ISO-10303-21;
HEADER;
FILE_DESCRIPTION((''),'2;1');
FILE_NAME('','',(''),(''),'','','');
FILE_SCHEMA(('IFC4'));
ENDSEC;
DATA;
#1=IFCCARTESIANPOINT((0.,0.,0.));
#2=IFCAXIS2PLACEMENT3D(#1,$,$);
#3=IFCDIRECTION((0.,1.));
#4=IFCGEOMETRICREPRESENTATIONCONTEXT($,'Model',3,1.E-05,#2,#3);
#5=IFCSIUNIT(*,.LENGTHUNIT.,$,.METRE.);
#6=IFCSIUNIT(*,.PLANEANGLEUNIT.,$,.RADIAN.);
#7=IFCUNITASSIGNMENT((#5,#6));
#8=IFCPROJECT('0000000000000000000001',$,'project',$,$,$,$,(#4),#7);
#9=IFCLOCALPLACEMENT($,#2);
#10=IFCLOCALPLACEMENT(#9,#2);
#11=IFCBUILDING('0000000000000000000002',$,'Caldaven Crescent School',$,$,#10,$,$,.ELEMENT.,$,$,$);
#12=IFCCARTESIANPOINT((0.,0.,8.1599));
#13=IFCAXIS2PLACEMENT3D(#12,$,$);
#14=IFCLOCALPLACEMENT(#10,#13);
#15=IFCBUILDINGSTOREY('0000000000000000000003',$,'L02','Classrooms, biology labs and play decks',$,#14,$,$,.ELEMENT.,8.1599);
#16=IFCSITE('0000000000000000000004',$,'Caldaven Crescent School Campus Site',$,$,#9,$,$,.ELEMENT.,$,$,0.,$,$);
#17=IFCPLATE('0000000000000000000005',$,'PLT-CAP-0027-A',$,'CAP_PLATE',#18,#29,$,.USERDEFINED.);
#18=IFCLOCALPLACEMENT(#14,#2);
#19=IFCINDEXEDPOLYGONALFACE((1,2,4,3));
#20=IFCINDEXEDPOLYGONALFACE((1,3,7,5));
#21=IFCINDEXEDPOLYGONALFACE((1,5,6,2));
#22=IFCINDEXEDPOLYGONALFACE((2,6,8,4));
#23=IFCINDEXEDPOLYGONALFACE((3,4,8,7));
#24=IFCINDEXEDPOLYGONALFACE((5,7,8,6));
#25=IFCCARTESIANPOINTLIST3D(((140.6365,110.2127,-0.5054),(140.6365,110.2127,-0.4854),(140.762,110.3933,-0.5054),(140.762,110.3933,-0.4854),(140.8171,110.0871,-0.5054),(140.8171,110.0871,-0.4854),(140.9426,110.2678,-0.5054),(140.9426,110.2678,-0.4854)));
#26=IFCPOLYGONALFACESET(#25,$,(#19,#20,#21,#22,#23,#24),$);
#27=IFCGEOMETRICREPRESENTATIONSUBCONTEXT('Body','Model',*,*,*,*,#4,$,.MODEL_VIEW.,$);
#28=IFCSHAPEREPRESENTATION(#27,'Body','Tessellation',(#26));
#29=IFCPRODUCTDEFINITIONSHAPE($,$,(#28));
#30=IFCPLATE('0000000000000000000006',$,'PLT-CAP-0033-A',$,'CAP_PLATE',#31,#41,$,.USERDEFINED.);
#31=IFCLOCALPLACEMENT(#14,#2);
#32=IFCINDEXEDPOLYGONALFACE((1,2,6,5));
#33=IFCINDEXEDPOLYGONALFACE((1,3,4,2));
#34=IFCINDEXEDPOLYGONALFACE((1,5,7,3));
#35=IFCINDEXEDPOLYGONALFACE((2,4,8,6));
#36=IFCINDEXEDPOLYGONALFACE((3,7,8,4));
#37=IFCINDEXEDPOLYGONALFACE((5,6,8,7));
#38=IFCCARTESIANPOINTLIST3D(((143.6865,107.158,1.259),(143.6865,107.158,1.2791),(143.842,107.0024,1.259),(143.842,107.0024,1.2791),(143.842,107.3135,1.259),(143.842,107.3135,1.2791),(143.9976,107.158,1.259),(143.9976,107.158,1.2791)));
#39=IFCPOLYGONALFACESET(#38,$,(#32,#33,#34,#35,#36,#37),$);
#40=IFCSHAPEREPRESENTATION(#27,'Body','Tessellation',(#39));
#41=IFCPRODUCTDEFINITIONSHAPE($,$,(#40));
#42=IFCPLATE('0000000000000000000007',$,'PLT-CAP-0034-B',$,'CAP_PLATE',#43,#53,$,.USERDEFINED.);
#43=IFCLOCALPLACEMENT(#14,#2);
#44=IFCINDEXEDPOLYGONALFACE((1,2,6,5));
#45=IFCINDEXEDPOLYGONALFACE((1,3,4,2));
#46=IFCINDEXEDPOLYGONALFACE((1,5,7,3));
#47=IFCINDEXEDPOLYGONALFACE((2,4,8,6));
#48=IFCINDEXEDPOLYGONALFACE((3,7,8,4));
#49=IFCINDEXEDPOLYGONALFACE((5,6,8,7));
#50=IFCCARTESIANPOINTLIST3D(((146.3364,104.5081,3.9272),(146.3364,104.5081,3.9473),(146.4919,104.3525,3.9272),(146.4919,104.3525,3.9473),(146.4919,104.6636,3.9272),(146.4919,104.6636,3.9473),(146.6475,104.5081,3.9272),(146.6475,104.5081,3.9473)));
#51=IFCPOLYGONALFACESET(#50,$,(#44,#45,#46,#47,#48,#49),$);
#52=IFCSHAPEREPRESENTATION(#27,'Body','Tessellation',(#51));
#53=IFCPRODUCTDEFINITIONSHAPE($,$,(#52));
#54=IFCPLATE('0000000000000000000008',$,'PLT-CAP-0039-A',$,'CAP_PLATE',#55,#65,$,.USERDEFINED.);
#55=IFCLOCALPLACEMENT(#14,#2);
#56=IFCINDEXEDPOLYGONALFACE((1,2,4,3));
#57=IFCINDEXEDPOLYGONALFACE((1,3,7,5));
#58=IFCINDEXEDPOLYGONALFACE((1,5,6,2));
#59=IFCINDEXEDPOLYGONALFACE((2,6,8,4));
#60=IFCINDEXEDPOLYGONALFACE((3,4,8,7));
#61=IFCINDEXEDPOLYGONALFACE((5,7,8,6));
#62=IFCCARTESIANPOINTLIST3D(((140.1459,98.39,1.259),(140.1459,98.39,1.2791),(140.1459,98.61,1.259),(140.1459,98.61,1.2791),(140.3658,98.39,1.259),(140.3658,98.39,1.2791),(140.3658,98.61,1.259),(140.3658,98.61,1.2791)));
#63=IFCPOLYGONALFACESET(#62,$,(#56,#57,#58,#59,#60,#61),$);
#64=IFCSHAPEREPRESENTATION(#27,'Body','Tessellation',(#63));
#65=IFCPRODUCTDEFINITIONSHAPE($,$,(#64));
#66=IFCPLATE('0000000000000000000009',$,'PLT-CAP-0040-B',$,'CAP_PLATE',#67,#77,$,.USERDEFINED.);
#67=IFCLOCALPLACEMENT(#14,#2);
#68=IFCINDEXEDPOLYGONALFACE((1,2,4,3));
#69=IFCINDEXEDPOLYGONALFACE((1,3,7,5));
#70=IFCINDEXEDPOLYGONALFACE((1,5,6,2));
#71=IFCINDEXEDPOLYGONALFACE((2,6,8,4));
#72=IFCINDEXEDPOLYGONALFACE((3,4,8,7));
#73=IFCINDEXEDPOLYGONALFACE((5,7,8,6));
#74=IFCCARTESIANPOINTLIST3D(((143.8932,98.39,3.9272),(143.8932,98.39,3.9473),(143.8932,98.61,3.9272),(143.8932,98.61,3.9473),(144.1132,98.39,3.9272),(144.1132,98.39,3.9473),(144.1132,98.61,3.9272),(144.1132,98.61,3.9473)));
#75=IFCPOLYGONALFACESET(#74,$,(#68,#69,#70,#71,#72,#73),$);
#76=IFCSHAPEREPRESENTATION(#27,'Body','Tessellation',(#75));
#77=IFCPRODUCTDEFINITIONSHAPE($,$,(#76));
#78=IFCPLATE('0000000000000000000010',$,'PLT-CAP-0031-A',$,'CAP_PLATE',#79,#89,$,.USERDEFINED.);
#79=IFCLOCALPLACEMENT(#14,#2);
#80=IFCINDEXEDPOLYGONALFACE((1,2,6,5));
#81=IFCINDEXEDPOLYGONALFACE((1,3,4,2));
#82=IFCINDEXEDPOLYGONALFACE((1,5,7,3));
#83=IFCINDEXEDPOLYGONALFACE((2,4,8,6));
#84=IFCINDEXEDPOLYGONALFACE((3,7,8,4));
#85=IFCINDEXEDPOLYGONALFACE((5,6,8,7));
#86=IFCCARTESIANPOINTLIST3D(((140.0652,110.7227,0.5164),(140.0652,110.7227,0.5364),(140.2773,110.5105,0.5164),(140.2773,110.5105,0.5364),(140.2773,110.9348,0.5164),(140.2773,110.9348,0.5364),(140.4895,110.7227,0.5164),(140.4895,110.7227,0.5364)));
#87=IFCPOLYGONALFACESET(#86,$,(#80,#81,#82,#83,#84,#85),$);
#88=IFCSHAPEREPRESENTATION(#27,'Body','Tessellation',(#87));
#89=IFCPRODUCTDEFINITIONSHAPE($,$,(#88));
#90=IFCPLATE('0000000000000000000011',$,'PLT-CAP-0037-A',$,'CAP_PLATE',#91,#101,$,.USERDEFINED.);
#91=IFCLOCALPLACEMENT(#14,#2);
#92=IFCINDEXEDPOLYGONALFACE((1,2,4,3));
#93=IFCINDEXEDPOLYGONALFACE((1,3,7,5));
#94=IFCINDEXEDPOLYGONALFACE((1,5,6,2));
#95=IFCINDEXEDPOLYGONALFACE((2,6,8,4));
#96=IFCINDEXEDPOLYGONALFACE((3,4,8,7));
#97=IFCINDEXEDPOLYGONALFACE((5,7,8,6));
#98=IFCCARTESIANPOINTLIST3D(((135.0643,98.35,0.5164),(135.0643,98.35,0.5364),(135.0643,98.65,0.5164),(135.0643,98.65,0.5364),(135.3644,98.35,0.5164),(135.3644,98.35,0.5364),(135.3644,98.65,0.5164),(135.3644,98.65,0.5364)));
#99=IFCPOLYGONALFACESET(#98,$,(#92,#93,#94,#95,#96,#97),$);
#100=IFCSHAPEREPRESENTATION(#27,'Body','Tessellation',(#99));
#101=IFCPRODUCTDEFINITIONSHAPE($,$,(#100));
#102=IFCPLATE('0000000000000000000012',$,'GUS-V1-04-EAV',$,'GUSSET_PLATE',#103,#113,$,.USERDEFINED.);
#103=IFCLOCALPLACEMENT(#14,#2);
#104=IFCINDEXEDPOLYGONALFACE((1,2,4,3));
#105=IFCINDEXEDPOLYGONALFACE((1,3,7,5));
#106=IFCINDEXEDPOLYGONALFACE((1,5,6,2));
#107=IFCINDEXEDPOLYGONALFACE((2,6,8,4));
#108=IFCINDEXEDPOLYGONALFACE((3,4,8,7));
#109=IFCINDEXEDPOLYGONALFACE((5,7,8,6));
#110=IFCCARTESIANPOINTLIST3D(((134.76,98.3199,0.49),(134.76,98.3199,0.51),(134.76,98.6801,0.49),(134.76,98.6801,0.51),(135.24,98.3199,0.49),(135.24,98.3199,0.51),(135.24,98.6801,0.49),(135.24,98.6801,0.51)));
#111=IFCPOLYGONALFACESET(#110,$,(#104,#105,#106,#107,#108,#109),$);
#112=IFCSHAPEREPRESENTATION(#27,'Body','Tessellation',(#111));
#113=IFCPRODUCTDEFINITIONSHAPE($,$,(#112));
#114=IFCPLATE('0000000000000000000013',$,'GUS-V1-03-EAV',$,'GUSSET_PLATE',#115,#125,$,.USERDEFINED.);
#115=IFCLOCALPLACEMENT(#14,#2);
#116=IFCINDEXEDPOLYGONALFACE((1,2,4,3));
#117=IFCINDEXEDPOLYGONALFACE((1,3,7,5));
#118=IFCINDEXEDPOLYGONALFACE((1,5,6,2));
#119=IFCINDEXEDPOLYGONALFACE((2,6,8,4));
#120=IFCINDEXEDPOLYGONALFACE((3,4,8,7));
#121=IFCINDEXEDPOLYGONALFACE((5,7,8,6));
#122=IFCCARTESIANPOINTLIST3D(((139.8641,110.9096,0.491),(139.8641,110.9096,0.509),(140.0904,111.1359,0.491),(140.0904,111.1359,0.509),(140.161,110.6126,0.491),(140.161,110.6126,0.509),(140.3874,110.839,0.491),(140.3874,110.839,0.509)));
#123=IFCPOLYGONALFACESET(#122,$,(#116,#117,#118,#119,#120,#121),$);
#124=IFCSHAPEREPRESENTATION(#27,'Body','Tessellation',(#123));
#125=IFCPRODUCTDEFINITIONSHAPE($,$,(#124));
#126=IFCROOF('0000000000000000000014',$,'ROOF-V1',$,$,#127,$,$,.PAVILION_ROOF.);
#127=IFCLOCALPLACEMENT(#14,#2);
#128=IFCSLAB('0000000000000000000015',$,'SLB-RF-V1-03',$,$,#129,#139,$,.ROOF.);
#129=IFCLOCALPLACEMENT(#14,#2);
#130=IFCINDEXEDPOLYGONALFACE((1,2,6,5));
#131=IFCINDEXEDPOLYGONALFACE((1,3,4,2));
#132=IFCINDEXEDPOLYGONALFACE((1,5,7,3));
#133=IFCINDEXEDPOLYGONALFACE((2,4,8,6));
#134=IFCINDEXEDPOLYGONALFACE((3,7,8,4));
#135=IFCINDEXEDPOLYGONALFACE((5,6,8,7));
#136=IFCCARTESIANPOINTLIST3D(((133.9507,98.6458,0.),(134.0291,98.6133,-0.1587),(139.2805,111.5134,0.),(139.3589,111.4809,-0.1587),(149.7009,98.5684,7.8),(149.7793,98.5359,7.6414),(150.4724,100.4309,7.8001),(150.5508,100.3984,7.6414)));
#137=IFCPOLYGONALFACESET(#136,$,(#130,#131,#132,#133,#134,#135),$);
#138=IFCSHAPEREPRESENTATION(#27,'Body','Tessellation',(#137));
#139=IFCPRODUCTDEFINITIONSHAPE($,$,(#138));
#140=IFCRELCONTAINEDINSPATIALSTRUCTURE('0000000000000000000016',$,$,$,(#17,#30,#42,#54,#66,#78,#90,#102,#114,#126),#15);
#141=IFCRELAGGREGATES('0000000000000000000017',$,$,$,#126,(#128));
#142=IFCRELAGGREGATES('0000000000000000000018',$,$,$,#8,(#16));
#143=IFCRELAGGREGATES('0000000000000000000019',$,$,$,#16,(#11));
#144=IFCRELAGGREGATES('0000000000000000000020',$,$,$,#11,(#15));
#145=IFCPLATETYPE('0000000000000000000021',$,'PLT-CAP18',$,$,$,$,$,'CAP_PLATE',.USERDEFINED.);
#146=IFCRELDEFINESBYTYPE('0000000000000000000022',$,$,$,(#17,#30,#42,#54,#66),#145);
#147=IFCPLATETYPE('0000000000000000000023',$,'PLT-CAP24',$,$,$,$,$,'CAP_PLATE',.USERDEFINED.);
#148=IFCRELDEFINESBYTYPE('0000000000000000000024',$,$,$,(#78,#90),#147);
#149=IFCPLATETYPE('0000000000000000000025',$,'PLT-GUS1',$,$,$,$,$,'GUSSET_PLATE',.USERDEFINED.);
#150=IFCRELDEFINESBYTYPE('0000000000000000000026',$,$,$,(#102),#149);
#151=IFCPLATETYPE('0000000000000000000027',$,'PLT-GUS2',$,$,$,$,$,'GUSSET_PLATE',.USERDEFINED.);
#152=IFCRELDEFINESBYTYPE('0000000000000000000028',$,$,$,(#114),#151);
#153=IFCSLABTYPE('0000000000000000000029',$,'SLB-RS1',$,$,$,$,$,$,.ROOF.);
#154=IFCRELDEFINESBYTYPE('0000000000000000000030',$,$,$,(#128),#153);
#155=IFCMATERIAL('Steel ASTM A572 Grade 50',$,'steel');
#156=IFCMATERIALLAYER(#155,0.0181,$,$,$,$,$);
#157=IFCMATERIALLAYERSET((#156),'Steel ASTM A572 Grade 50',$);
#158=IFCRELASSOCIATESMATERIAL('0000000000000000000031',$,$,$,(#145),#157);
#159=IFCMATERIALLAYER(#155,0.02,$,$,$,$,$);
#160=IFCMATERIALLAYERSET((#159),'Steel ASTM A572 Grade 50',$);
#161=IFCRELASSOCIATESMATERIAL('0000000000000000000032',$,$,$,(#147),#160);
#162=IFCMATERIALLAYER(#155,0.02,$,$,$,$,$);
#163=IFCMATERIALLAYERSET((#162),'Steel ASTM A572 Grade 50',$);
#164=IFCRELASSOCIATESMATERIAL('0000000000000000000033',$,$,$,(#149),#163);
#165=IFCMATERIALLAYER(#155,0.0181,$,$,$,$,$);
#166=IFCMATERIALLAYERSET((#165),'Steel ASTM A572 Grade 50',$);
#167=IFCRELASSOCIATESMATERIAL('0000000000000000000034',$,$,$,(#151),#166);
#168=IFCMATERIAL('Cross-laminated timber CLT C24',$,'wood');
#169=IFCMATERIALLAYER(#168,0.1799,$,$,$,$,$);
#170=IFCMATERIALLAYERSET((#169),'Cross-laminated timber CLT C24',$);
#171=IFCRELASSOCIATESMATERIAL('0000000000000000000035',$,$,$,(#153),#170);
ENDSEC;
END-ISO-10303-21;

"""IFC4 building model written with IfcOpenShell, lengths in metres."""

from ifc_helpers import new_model, si_unit, direction, frame, origin, origin_2d, place, context, subcontext, project, spatial, polyline, rectangle, outline, extrude, material, layer, layer_set, type_object, element, aggregate, save


model = new_model("IFC4")

# Units and contexts
model_context = context("Model", 3, precision=1e-05, world=origin(), true_north=direction((0.0, 1.0)))
body_context = subcontext(model_context, "Body", "Model", "MODEL_VIEW")
ifc_project = project(units=[si_unit("LENGTHUNIT", "METRE"), si_unit("PLANEANGLEUNIT", "RADIAN")], contexts=[model_context])

# Site, building, storey
site_placement = place(None, origin())
site = spatial("IfcSite", under=ifc_project, at=site_placement, Name="Caldaven Crescent School Campus Site", CompositionType="ELEMENT", RefElevation=0.0)
building_placement = place(site_placement, origin())
building = spatial("IfcBuilding", under=site, at=building_placement, Name="Caldaven Crescent School", CompositionType="ELEMENT")
storey_placement = place(building_placement, frame((0.0, 0.0, 8.1599)))
storey = spatial("IfcBuildingStorey", under=building, at=storey_placement, Name="L02", Description="Classrooms, biology labs and play decks", CompositionType="ELEMENT", Elevation=8.1599)

# Shared definitions
ifc_material_1 = material(Name="Steel ASTM A572 Grade 50", Category="steel")

# Plates
ifc_layer_1 = layer(ifc_material_1, 0.0181)
ifc_layer_set_1 = layer_set([ifc_layer_1], Name="Steel ASTM A572 Grade 50")
plate_type_1 = type_object("IfcPlateType", Name="PLT-CAP18", ElementType="CAP_PLATE", PredefinedType="USERDEFINED", material=ifc_layer_set_1)
for number, where, z_axis, x_axis, name in (
    (1, (140.7896, 110.2402, -0.5054), (0.0, 0.0, 1.0), (0.821149, -0.570714, 0.0), "PLT-CAP-0027-A"),
    (2, (143.842, 107.158, 1.259), (0.0, 0.0, 1.0), (0.707107, -0.707107, 0.0), "PLT-CAP-0033-A"),
    (3, (146.4919, 104.5081, 3.9272), (0.0, 0.0, 1.0), (0.707107, -0.707107, 0.0), "PLT-CAP-0034-B"),
    (4, (140.2559, 98.5, 1.259), (0.0, 0.0, 1.0), (1.0, 0.0, 0.0), "PLT-CAP-0039-A"),
    (5, (144.0032, 98.5, 3.9272), (0.0, 0.0, 1.0), (1.0, 0.0, 0.0), "PLT-CAP-0040-B"),
):
    element("IfcPlate", number, at=place(storey_placement, frame(where, z_axis=z_axis, x_axis=x_axis)), inside=storey, type_object=plate_type_1, Name=name, ObjectType="CAP_PLATE", PredefinedType="USERDEFINED", context=body_context, shape_type="SweptSolid", body=[
        extrude(rectangle(XDim=0.22, YDim=0.22, at=origin_2d()), origin(), (0.0, 0.0, 1.0), 0.02),
    ])
ifc_layer_2 = layer(ifc_material_1, 0.02)
ifc_layer_set_2 = layer_set([ifc_layer_2], Name="Steel ASTM A572 Grade 50")
plate_type_2 = type_object("IfcPlateType", Name="PLT-CAP24", ElementType="CAP_PLATE", PredefinedType="USERDEFINED", material=ifc_layer_set_2)
for number, where, z_axis, x_axis, name in (
    (6, (140.2773, 110.7227, 0.5164), (0.0, 0.0, 1.0), (0.707107, -0.707107, 0.0), "PLT-CAP-0031-A"),
    (7, (135.2144, 98.5, 0.5164), (0.0, 0.0, 1.0), (1.0, 0.0, 0.0), "PLT-CAP-0037-A"),
):
    element("IfcPlate", number, at=place(storey_placement, frame(where, z_axis=z_axis, x_axis=x_axis)), inside=storey, type_object=plate_type_2, Name=name, ObjectType="CAP_PLATE", PredefinedType="USERDEFINED", context=body_context, shape_type="SweptSolid", body=[
        extrude(rectangle(XDim=0.3, YDim=0.3, at=origin_2d()), origin(), (0.0, 0.0, 1.0), 0.02),
    ])
ifc_layer_3 = layer(ifc_material_1, 0.02)
ifc_layer_set_3 = layer_set([ifc_layer_3], Name="Steel ASTM A572 Grade 50")
plate_type_3 = type_object("IfcPlateType", Name="PLT-GUS1", ElementType="GUSSET_PLATE", PredefinedType="USERDEFINED", material=ifc_layer_set_3)
plate_1_placement = place(storey_placement, frame((135.0, 98.5, 0.49), z_axis=(0.0, 0.0, 1.0), x_axis=(-1.0, 0.0, 0.0)))
element("IfcPlate", 8, at=plate_1_placement, inside=storey, type_object=plate_type_3, Name="GUS-V1-04-EAV", ObjectType="GUSSET_PLATE", PredefinedType="USERDEFINED", context=body_context, shape_type="SweptSolid", body=[
    extrude(rectangle(XDim=0.48, YDim=0.3601, at=origin_2d()), origin(), (0.0, 0.0, 1.0), 0.02),
])
ifc_layer_4 = layer(ifc_material_1, 0.0181)
ifc_layer_set_4 = layer_set([ifc_layer_4], Name="Steel ASTM A572 Grade 50")
plate_type_4 = type_object("IfcPlateType", Name="PLT-GUS2", ElementType="GUSSET_PLATE", PredefinedType="USERDEFINED", material=ifc_layer_set_4)
plate_2_placement = place(storey_placement, frame((140.1257, 110.8743, 0.491), z_axis=(0.0, 0.0, 1.0), x_axis=(-0.707107, 0.707107, 0.0)))
element("IfcPlate", 9, at=plate_2_placement, inside=storey, type_object=plate_type_4, Name="GUS-V1-03-EAV", ObjectType="GUSSET_PLATE", PredefinedType="USERDEFINED", context=body_context, shape_type="SweptSolid", body=[
    extrude(rectangle(XDim=0.4199, YDim=0.3201, at=origin_2d()), origin(), (0.0, 0.0, 1.0), 0.0181),
])

# Roof, slab
roof_placement = place(storey_placement, origin())
roof = element("IfcRoof", 10, at=roof_placement, inside=storey, Name="ROOF-V1", PredefinedType="PAVILION_ROOF")
ifc_material_2 = material(Name="Cross-laminated timber CLT C24", Category="wood")
ifc_layer_5 = layer(ifc_material_2, 0.1799)
ifc_layer_set_5 = layer_set([ifc_layer_5], Name="Cross-laminated timber CLT C24")
slab_type = type_object("IfcSlabType", Name="SLB-RS1", PredefinedType="ROOF", material=ifc_layer_set_5)
slab_placement = place(storey_placement, frame((139.2805, 111.5134, 0.0), z_axis=(-0.435791, 0.180506, 0.881762), x_axis=(-0.382675, -0.923883, 0.0)))
slab = element("IfcSlab", 11, at=slab_placement, type_object=slab_type, Name="SLB-RF-V1-03", PredefinedType="ROOF", context=body_context, shape_type="SweptSolid", body=[
    extrude(outline(polyline([(0.0, 0.0), (13.9278, 0.0), (7.9721, 16.5362), (5.9561, 16.5362), (0.0, 0.0)])), origin(), (0.0, 0.0, -1.0), 0.1799),
])
aggregate(roof, [slab])

save(model, "model.ifc")
